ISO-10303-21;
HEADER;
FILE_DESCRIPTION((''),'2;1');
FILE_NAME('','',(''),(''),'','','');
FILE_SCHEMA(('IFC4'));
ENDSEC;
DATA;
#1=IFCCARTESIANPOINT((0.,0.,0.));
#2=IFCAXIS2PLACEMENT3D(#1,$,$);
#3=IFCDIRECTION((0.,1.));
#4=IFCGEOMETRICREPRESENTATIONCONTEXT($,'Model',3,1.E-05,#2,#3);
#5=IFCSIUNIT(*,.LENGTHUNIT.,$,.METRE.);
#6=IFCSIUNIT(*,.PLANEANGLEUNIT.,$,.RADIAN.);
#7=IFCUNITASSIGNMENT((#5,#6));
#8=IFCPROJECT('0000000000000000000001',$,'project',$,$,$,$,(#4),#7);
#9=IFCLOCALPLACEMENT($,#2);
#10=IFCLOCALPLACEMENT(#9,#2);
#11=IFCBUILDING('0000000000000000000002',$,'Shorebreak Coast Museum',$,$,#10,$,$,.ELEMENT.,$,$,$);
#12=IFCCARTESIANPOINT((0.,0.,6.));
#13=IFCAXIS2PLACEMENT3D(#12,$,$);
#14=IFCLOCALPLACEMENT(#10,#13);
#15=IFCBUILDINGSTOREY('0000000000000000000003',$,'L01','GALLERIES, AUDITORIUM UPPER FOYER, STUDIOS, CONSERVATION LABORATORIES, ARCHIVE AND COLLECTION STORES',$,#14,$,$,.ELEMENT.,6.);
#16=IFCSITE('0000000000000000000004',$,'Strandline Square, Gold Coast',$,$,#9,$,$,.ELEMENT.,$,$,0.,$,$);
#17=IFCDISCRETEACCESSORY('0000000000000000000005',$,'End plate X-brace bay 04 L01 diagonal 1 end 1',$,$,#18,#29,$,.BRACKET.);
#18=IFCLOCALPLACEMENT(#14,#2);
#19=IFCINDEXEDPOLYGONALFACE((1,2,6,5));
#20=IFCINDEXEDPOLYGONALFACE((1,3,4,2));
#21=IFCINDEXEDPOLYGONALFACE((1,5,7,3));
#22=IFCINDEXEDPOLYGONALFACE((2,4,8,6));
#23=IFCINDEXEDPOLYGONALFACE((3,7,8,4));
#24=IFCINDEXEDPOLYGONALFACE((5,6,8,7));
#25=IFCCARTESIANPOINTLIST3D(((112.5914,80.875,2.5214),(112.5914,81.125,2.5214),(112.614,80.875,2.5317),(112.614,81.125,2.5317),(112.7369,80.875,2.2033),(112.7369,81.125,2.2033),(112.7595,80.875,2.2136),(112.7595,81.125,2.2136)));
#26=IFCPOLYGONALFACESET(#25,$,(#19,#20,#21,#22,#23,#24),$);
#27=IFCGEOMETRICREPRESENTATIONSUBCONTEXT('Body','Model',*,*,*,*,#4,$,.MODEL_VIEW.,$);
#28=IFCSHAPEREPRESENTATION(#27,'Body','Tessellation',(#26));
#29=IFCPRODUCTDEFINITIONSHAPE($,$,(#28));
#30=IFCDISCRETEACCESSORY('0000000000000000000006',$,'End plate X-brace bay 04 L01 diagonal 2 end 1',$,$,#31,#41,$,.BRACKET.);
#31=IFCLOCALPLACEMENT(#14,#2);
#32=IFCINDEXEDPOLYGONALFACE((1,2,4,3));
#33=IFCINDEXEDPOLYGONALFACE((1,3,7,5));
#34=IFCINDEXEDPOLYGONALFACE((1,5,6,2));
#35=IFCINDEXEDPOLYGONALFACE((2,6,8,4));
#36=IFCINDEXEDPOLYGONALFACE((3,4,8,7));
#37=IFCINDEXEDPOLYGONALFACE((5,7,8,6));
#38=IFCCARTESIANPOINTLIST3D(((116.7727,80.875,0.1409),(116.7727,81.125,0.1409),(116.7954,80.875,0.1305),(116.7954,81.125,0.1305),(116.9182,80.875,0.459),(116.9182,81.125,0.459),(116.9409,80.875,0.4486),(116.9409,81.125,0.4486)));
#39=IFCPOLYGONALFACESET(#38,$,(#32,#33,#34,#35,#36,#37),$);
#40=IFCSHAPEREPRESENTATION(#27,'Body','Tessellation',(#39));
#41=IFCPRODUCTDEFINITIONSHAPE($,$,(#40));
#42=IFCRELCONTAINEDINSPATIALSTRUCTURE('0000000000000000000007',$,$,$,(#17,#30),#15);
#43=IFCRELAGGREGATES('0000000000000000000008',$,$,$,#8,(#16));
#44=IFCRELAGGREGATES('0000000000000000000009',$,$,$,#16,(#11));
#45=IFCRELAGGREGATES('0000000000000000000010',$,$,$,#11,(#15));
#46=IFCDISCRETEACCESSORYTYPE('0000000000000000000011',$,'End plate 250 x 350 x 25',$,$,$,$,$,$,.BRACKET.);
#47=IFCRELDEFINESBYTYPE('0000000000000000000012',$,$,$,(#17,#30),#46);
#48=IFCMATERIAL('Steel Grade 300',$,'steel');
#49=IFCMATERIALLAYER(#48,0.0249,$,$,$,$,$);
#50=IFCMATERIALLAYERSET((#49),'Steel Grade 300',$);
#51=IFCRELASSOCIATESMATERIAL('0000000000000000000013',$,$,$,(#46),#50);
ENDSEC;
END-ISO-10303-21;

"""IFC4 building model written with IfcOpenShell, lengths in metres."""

from ifc_helpers import new_model, si_unit, direction, frame, origin, place, context, subcontext, project, spatial, polyline, outline, extrude, material, layer, layer_set, type_object, element, save


model = new_model("IFC4")

# Units and contexts
model_context = context("Model", 3, precision=1e-05, world=origin(), true_north=direction((0.0, 1.0)))
body_context = subcontext(model_context, "Body", "Model", "MODEL_VIEW")
ifc_project = project(units=[si_unit("LENGTHUNIT", "METRE"), si_unit("PLANEANGLEUNIT", "RADIAN")], contexts=[model_context])

# Site, building, storey
site_placement = place(None, origin())
site = spatial("IfcSite", under=ifc_project, at=site_placement, Name="Strandline Square, Gold Coast", CompositionType="ELEMENT", RefElevation=0.0)
building_placement = place(site_placement, origin())
building = spatial("IfcBuilding", under=site, at=building_placement, Name="Shorebreak Coast Museum", CompositionType="ELEMENT")
storey_placement = place(building_placement, frame((0.0, 0.0, 6.0)))
storey = spatial("IfcBuildingStorey", under=building, at=storey_placement, Name="L01", Description="GALLERIES, AUDITORIUM UPPER FOYER, STUDIOS, CONSERVATION LABORATORIES, ARCHIVE AND COLLECTION STORES", CompositionType="ELEMENT", Elevation=6.0)

# Discrete accessories
ifc_material_1 = material(Name="Steel Grade 300", Category="steel")
ifc_layer_1 = layer(ifc_material_1, 0.0249)
ifc_layer_set_1 = layer_set([ifc_layer_1], Name="Steel Grade 300")
discrete_accessory_type = type_object("IfcDiscreteAccessoryType", Name="End plate 250 x 350 x 25", PredefinedType="BRACKET", material=ifc_layer_set_1)
for number, where, z_axis, x_axis, name in (
    (1, (112.7595, 80.875, 2.2136), (0.909384, 0.0, 0.415958), (0.0, 1.0, 0.0), "End plate X-brace bay 04 L01 diagonal 1 end 1"),
    (2, (116.7727, 81.125, 0.1409), (-0.909384, 0.0, 0.415958), (0.0, -1.0, 0.0), "End plate X-brace bay 04 L01 diagonal 2 end 1"),
):
    element("IfcDiscreteAccessory", number, at=place(storey_placement, frame(where, z_axis=z_axis, x_axis=x_axis)), inside=storey, type_object=discrete_accessory_type, Name=name, PredefinedType="BRACKET", context=body_context, shape_type="SweptSolid", body=[
        extrude(outline(polyline([(0.0, 0.0), (0.25, 0.0), (0.25, 0.3498), (0.0, 0.3498), (0.0, 0.0)])), origin(), (0.0, 0.0, -1.0), 0.0249),
    ])

save(model, "model.ifc")
